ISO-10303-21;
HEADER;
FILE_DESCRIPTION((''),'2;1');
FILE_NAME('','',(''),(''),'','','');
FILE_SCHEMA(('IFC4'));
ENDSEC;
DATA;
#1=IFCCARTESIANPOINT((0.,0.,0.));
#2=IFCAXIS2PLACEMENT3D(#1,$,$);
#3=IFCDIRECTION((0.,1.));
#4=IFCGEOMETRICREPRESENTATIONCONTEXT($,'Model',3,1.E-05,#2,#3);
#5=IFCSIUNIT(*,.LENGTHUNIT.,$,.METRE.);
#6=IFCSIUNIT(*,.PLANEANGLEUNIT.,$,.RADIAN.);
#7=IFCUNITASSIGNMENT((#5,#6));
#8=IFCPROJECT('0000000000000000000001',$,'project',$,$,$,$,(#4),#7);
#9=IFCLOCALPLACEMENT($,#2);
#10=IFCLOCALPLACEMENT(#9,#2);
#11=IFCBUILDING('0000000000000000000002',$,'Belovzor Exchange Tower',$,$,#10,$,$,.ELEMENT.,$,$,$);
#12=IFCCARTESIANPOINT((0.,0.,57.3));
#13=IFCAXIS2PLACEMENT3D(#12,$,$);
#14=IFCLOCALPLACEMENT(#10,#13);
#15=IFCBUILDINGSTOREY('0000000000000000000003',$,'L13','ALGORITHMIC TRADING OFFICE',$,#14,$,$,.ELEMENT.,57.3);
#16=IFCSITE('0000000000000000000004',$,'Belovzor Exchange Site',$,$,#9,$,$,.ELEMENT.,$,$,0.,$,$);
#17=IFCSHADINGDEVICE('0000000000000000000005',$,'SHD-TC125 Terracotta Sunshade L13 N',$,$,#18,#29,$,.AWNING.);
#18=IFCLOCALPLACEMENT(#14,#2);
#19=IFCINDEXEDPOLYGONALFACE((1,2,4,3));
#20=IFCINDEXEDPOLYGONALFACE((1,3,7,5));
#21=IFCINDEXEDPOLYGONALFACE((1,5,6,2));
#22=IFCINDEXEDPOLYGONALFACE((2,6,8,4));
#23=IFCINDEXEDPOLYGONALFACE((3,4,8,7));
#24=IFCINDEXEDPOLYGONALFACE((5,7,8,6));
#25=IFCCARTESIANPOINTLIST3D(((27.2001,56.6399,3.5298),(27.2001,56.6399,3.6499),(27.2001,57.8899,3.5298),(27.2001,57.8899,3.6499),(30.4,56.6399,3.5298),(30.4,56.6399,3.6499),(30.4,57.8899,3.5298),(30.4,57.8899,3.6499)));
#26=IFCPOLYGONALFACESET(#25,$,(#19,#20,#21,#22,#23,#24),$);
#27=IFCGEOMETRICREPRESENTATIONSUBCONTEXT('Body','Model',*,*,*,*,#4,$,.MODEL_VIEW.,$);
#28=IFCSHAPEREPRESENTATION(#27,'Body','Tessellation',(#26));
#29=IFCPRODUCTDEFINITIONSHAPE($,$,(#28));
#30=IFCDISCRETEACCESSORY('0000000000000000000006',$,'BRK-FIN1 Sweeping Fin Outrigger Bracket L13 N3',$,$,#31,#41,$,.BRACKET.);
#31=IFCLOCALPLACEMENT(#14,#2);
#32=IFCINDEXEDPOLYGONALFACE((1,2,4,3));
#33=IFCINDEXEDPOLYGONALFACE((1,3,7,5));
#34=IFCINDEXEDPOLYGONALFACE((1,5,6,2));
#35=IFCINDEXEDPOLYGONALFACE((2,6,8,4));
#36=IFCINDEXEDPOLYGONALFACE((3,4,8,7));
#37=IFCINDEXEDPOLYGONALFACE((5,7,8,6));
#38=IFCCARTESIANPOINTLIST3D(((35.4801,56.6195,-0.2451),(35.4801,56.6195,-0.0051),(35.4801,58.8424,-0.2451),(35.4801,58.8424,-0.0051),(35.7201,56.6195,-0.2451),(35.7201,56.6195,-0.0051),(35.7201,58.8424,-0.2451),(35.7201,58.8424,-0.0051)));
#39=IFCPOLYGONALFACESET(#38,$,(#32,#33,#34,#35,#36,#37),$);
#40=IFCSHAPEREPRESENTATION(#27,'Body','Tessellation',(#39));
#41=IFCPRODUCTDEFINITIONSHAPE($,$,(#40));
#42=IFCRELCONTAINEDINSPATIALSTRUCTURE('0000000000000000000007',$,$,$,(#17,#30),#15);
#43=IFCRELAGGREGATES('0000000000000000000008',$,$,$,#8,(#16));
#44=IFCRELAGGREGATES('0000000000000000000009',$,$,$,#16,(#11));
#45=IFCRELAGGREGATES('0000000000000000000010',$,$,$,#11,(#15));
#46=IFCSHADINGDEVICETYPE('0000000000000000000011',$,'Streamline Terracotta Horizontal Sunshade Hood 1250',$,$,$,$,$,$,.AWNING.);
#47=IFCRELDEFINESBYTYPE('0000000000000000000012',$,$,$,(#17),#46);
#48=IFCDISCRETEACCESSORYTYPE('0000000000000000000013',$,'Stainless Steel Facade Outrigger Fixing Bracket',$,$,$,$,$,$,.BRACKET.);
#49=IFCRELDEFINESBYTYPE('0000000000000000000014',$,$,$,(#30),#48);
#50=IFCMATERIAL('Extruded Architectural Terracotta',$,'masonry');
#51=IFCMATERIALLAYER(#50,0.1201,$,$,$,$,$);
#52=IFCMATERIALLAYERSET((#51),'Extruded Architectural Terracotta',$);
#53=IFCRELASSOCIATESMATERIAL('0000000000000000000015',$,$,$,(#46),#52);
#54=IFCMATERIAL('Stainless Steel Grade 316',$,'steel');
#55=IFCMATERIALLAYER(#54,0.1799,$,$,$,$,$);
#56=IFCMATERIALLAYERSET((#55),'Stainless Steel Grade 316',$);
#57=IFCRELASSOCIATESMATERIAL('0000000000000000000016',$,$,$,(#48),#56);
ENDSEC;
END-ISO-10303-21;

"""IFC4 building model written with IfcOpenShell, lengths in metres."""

from ifc_helpers import new_model, si_unit, direction, frame, origin, origin_2d, place, context, subcontext, project, spatial, rectangle, extrude, material, layer, layer_set, type_object, element, save


model = new_model("IFC4")

# Units and contexts
model_context = context("Model", 3, precision=1e-05, world=origin(), true_north=direction((0.0, 1.0)))
body_context = subcontext(model_context, "Body", "Model", "MODEL_VIEW")
ifc_project = project(units=[si_unit("LENGTHUNIT", "METRE"), si_unit("PLANEANGLEUNIT", "RADIAN")], contexts=[model_context])

# Site, building, storey
site_placement = place(None, origin())
site = spatial("IfcSite", under=ifc_project, at=site_placement, Name="Belovzor Exchange Site", CompositionType="ELEMENT", RefElevation=0.0)
building_placement = place(site_placement, origin())
building = spatial("IfcBuilding", under=site, at=building_placement, Name="Belovzor Exchange Tower", CompositionType="ELEMENT")
storey_placement = place(building_placement, frame((0.0, 0.0, 57.3)))
storey = spatial("IfcBuildingStorey", under=building, at=storey_placement, Name="L13", Description="ALGORITHMIC TRADING OFFICE", CompositionType="ELEMENT", Elevation=57.3)

# Shading device
ifc_material_1 = material(Name="Extruded Architectural Terracotta", Category="masonry")
ifc_layer_1 = layer(ifc_material_1, 0.1201)
ifc_layer_set_1 = layer_set([ifc_layer_1], Name="Extruded Architectural Terracotta")
shading_device_type = type_object("IfcShadingDeviceType", Name="Streamline Terracotta Horizontal Sunshade Hood 1250", PredefinedType="AWNING", material=ifc_layer_set_1)
shading_device_placement = place(storey_placement, frame((28.8, 57.2649, 3.5298), z_axis=(0.0, 0.0, 1.0), x_axis=(1.0, 0.0, 0.0)))
element("IfcShadingDevice", 1, at=shading_device_placement, inside=storey, type_object=shading_device_type, Name="SHD-TC125 Terracotta Sunshade L13 N", PredefinedType="AWNING", context=body_context, shape_type="SweptSolid", body=[
    extrude(rectangle(XDim=3.2, YDim=1.25, at=origin_2d()), origin(), (0.0, 0.0, 1.0), 0.1201),
])

# Discrete accessory
ifc_material_2 = material(Name="Stainless Steel Grade 316", Category="steel")
ifc_layer_2 = layer(ifc_material_2, 0.1799)
ifc_layer_set_2 = layer_set([ifc_layer_2], Name="Stainless Steel Grade 316")
discrete_accessory_type = type_object("IfcDiscreteAccessoryType", Name="Stainless Steel Facade Outrigger Fixing Bracket", PredefinedType="BRACKET", material=ifc_layer_set_2)
discrete_accessory_placement = place(storey_placement, frame((35.6001, 57.731, -0.2451), z_axis=(0.0, 0.0, 1.0), x_axis=(0.0, 1.0, 0.0)))
element("IfcDiscreteAccessory", 2, at=discrete_accessory_placement, inside=storey, type_object=discrete_accessory_type, Name="BRK-FIN1 Sweeping Fin Outrigger Bracket L13 N3", PredefinedType="BRACKET", context=body_context, shape_type="SweptSolid", body=[
    extrude(rectangle(XDim=2.2229, YDim=0.24, at=origin_2d()), origin(), (0.0, 0.0, 1.0), 0.24),
])

save(model, "model.ifc")
